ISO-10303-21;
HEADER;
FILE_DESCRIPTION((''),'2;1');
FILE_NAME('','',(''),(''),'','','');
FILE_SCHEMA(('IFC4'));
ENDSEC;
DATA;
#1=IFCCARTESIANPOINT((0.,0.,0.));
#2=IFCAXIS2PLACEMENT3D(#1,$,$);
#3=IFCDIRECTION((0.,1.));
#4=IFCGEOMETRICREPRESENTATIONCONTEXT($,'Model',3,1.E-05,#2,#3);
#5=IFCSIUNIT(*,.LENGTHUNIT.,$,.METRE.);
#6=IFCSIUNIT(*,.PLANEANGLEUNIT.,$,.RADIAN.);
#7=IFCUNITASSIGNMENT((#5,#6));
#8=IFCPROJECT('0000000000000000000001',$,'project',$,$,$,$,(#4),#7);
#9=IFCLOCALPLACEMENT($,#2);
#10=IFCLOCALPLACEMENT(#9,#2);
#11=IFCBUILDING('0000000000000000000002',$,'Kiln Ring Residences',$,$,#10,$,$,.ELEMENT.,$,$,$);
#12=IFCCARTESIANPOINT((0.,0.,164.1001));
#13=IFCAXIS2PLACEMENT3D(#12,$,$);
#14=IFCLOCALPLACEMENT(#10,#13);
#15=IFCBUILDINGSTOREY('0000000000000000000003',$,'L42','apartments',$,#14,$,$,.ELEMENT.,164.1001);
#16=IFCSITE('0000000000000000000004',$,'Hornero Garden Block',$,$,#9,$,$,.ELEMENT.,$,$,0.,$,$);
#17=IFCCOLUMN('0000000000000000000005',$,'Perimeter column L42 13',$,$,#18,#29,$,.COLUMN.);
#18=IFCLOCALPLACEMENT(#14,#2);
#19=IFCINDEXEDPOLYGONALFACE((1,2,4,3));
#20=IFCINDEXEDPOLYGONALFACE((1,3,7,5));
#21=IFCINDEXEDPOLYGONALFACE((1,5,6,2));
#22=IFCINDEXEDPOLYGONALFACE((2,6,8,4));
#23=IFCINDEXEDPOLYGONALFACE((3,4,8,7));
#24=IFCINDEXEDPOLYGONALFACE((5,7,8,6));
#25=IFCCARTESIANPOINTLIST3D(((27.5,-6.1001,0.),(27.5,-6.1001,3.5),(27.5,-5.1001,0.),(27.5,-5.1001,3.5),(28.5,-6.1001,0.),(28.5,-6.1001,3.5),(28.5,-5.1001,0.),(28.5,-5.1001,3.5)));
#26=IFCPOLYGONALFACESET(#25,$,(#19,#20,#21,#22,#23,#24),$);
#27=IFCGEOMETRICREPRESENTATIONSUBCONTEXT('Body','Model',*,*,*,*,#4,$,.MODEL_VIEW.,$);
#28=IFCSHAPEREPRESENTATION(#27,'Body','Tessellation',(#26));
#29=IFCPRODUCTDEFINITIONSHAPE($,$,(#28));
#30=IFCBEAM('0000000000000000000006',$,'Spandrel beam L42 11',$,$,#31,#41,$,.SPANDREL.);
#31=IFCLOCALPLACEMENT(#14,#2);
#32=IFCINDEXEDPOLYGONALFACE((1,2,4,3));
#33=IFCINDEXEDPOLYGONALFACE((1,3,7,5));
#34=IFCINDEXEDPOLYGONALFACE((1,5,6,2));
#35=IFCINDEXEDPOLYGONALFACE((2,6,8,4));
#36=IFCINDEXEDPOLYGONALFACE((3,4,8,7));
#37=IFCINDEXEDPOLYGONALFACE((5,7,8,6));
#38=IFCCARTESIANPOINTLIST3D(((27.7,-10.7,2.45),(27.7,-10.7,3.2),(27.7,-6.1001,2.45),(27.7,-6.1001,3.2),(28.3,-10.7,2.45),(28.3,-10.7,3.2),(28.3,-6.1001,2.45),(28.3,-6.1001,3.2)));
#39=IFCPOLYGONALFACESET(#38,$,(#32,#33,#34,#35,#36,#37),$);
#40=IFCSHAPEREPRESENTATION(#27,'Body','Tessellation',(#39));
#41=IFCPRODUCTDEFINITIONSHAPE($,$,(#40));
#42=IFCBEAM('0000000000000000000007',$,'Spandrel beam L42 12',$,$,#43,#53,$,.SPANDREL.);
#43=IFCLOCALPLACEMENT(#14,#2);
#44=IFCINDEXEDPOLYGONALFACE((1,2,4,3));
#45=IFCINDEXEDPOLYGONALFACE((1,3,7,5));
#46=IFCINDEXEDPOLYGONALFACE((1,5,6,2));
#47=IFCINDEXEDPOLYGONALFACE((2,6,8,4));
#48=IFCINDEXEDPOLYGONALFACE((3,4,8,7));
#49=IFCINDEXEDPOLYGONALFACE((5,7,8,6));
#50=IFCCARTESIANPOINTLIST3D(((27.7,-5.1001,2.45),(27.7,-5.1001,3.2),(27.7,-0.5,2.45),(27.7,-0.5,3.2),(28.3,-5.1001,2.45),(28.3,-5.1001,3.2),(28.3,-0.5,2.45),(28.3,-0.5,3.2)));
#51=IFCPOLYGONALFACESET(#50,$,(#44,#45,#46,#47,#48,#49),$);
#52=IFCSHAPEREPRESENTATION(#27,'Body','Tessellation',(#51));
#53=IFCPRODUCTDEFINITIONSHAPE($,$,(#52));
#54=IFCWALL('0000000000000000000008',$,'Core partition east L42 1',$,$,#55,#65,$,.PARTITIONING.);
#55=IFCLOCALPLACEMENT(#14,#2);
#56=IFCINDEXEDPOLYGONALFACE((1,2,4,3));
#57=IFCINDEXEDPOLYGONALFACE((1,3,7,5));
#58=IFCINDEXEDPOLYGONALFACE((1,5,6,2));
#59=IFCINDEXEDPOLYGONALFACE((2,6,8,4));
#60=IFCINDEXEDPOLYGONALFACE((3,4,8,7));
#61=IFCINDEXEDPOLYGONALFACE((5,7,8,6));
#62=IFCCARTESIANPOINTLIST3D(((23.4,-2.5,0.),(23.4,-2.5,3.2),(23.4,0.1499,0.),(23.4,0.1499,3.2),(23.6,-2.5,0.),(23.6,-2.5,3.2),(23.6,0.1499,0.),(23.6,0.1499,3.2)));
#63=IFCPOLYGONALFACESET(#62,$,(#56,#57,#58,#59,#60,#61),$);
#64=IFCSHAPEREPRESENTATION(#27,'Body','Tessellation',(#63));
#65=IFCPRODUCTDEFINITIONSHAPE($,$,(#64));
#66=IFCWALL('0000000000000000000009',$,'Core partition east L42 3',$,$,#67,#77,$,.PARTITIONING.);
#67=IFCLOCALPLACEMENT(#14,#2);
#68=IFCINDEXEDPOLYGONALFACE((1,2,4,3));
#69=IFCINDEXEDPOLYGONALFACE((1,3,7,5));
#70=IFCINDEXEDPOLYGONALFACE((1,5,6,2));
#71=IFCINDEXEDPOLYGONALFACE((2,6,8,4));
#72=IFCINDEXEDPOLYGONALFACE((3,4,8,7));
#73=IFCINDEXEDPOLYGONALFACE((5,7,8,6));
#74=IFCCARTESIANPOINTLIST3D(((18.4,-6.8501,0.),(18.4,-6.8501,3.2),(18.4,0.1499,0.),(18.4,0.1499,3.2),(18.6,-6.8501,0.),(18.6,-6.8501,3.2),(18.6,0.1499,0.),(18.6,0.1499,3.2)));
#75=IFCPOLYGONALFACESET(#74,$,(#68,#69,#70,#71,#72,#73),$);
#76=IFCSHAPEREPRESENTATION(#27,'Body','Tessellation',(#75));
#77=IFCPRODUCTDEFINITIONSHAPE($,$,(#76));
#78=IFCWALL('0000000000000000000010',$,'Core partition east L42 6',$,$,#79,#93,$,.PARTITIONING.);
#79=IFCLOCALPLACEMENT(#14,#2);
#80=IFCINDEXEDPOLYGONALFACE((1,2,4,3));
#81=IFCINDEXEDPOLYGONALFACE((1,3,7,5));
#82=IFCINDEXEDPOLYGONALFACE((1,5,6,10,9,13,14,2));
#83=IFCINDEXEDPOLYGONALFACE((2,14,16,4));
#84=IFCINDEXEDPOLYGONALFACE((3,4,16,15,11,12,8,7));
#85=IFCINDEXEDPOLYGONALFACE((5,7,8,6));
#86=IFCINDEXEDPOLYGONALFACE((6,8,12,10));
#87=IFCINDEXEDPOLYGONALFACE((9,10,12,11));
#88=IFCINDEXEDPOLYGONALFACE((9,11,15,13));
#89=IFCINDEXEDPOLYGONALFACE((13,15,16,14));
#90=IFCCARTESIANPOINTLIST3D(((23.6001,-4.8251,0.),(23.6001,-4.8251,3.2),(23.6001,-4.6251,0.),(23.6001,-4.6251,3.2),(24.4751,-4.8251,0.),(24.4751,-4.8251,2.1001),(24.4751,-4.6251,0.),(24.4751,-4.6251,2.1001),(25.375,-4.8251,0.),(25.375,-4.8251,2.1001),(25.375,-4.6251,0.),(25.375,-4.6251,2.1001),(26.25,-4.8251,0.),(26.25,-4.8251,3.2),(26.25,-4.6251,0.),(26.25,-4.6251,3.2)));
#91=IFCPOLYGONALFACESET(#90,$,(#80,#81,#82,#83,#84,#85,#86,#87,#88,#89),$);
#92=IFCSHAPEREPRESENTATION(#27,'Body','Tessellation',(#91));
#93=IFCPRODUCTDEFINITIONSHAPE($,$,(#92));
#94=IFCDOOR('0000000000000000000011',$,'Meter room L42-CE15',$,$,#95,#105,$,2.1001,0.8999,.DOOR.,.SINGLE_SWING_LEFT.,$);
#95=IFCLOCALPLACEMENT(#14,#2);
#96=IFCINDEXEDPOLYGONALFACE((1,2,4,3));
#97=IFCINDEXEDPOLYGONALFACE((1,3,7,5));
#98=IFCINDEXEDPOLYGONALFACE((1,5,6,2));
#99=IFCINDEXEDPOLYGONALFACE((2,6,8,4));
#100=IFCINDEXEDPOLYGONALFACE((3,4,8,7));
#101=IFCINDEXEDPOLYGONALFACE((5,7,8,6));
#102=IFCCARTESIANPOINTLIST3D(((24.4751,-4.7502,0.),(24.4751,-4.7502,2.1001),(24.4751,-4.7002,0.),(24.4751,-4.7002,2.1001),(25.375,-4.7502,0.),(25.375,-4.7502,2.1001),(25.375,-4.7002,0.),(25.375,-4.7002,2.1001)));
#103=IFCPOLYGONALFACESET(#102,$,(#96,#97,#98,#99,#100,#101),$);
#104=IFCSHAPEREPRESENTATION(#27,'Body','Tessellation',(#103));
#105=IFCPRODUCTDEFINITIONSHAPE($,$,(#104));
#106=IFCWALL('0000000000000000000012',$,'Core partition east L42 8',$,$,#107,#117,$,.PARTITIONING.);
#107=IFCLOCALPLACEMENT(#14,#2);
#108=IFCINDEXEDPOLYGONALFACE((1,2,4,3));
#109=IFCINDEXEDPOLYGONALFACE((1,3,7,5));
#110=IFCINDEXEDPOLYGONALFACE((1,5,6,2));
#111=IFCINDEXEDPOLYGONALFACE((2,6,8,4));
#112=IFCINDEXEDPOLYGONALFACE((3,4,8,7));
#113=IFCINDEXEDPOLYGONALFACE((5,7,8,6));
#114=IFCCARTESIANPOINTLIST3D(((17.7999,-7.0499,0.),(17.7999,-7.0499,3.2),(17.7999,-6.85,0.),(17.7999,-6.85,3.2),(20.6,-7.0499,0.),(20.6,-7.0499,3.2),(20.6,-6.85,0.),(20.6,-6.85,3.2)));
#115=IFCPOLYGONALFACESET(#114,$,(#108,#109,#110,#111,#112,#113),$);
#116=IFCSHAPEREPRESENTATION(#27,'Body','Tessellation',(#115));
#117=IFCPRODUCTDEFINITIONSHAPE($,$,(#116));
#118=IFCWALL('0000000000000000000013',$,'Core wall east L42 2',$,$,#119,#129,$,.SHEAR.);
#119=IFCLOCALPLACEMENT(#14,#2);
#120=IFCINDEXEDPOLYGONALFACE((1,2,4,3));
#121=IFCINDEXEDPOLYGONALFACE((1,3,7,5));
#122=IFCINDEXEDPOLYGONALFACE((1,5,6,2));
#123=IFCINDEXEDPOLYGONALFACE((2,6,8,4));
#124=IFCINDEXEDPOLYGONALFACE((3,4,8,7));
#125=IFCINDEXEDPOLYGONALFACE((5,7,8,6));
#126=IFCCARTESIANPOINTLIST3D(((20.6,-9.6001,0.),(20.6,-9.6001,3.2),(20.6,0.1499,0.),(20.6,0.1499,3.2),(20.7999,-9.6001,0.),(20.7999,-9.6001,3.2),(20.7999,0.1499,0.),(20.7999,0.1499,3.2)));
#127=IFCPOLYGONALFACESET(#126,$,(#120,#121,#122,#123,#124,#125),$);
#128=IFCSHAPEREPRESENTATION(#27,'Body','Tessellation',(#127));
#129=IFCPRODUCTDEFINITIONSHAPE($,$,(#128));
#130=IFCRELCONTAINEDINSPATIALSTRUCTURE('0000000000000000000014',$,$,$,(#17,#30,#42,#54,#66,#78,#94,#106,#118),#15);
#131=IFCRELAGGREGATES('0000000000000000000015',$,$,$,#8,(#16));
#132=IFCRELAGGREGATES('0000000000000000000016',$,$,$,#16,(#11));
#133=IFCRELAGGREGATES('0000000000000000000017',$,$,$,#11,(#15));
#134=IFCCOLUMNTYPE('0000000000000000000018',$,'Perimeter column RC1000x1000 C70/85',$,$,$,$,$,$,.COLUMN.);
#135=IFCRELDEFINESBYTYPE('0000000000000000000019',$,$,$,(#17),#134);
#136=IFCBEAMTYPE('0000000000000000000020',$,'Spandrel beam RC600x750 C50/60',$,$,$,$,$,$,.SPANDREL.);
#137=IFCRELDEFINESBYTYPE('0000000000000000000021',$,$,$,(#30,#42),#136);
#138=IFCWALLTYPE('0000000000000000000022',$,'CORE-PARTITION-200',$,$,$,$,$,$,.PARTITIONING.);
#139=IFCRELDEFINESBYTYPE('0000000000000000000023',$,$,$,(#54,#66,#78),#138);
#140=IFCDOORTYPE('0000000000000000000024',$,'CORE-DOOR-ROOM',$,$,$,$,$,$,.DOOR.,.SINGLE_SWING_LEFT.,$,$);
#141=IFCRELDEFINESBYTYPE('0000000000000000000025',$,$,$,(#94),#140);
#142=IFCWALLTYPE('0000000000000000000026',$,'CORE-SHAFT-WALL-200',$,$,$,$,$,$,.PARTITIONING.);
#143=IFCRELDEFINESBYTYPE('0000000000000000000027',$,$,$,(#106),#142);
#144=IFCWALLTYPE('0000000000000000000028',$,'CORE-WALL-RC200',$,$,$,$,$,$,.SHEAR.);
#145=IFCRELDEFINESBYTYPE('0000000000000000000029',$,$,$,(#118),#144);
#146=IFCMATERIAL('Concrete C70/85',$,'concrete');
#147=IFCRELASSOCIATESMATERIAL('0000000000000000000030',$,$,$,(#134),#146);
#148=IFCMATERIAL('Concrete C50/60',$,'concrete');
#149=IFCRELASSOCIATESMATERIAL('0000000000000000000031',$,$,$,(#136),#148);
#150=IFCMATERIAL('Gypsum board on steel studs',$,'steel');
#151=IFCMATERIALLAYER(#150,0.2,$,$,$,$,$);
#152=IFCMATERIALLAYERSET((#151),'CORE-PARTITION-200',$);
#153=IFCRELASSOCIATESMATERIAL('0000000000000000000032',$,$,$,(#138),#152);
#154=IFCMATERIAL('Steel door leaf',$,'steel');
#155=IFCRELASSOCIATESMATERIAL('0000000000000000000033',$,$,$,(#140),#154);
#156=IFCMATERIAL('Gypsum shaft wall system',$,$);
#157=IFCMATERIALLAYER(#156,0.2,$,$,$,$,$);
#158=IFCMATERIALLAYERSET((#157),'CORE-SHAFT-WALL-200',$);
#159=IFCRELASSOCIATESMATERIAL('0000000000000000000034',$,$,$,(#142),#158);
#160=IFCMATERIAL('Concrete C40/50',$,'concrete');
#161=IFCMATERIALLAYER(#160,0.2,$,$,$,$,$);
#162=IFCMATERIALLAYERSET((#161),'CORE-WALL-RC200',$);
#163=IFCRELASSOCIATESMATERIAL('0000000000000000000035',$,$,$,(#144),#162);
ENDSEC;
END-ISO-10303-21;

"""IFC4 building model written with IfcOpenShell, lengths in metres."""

from ifc_helpers import new_model, si_unit, direction, frame, frame_2d, origin, origin_2d, place, context, subcontext, project, spatial, rectangle, extrude, material, layer, layer_set, material_profile, profile_set, type_object, element, fill, save


model = new_model("IFC4")

# Units and contexts
model_context = context("Model", 3, precision=1e-05, world=origin(), true_north=direction((0.0, 1.0)))
body_context = subcontext(model_context, "Body", "Model", "MODEL_VIEW")
ifc_project = project(units=[si_unit("LENGTHUNIT", "METRE"), si_unit("PLANEANGLEUNIT", "RADIAN")], contexts=[model_context])

# Site, building, storey
site_placement = place(None, origin())
site = spatial("IfcSite", under=ifc_project, at=site_placement, Name="Hornero Garden Block", CompositionType="ELEMENT", RefElevation=0.0)
building_placement = place(site_placement, origin())
building = spatial("IfcBuilding", under=site, at=building_placement, Name="Kiln Ring Residences", CompositionType="ELEMENT")
storey_placement = place(building_placement, frame((0.0, 0.0, 164.1001)))
storey = spatial("IfcBuildingStorey", under=building, at=storey_placement, Name="L42", Description="apartments", CompositionType="ELEMENT", Elevation=164.1001)

# Column
ifc_material_1 = material(Name="Concrete C70/85", Category="concrete")
ifc_material_profile_1 = material_profile(ifc_material_1, rectangle(XDim=1.0, YDim=1.0, at=origin_2d()), Name="RC1000x1000")
ifc_profile_set_1 = profile_set([ifc_material_profile_1], Name="Concrete C70/85")
column_type = type_object("IfcColumnType", Name="Perimeter column RC1000x1000 C70/85", PredefinedType="COLUMN", material=ifc_profile_set_1)
column_placement = place(storey_placement, frame((28.0, -5.6001, 0.0), z_axis=(0.0, 0.0, 1.0), x_axis=(1.0, 0.0, 0.0)))
element("IfcColumn", 1, at=column_placement, inside=storey, type_object=column_type, Name="Perimeter column L42 13", PredefinedType="COLUMN", context=body_context, shape_type="SweptSolid", body=[
    extrude(rectangle(XDim=1.0, YDim=1.0, at=origin_2d()), origin(), (0.0, 0.0, 1.0), 3.5),
])

# Beams
ifc_material_2 = material(Name="Concrete C50/60", Category="concrete")
ifc_material_profile_2 = material_profile(ifc_material_2, rectangle(XDim=0.6001, YDim=0.75, at=origin_2d()), Name="RC600x750")
ifc_profile_set_2 = profile_set([ifc_material_profile_2], Name="Concrete C50/60")
beam_type = type_object("IfcBeamType", Name="Spandrel beam RC600x750 C50/60", PredefinedType="SPANDREL", material=ifc_profile_set_2)
beam_1_placement = place(storey_placement, frame((28.0, -10.7, 2.825), z_axis=(0.0, 1.0, 0.0), x_axis=(-1.0, 0.0, 0.0)))
element("IfcBeam", 2, at=beam_1_placement, inside=storey, type_object=beam_type, Name="Spandrel beam L42 11", PredefinedType="SPANDREL", context=body_context, shape_type="SweptSolid", body=[
    extrude(rectangle(XDim=0.6001, YDim=0.75, at=origin_2d()), origin(), (0.0, 0.0, 1.0), 4.5999),
])
beam_2_placement = place(storey_placement, frame((28.0, -5.1001, 2.825), z_axis=(0.0, 1.0, 0.0), x_axis=(-1.0, 0.0, 0.0)))
element("IfcBeam", 3, at=beam_2_placement, inside=storey, type_object=beam_type, Name="Spandrel beam L42 12", PredefinedType="SPANDREL", context=body_context, shape_type="SweptSolid", body=[
    extrude(rectangle(XDim=0.6001, YDim=0.75, at=origin_2d()), origin(), (0.0, 0.0, 1.0), 4.6001),
])

# Walls
ifc_material_3 = material(Name="Gypsum board on steel studs", Category="steel")
ifc_layer_1 = layer(ifc_material_3, 0.2)
ifc_layer_set_1 = layer_set([ifc_layer_1], Name="CORE-PARTITION-200")
wall_type_1 = type_object("IfcWallType", Name="CORE-PARTITION-200", PredefinedType="PARTITIONING", material=ifc_layer_set_1)
wall_1_placement = place(storey_placement, frame((23.5, -2.5, 0.0), z_axis=(0.0, 0.0, 1.0), x_axis=(0.0, 1.0, 0.0)))
element("IfcWall", 4, at=wall_1_placement, inside=storey, type_object=wall_type_1, Name="Core partition east L42 1", PredefinedType="PARTITIONING", context=body_context, shape_type="SweptSolid", body=[
    extrude(rectangle(XDim=2.6499, YDim=0.2, at=frame_2d((1.325, 0.0))), origin(), (0.0, 0.0, 1.0), 3.2),
])
wall_2_placement = place(storey_placement, frame((18.5, -6.8501, 0.0), z_axis=(0.0, 0.0, 1.0), x_axis=(0.0, 1.0, 0.0)))
element("IfcWall", 5, at=wall_2_placement, inside=storey, type_object=wall_type_1, Name="Core partition east L42 3", PredefinedType="PARTITIONING", context=body_context, shape_type="SweptSolid", body=[
    extrude(rectangle(XDim=7.0, YDim=0.2, at=frame_2d((3.5, 0.0))), origin(), (0.0, 0.0, 1.0), 3.2),
])

# Wall, opening, door
wall_3_placement = place(storey_placement, frame((23.6001, -4.7251, 0.0), z_axis=(0.0, 0.0, 1.0), x_axis=(1.0, 0.0, 0.0)))
wall_3 = element("IfcWall", 6, at=wall_3_placement, inside=storey, type_object=wall_type_1, Name="Core partition east L42 6", PredefinedType="PARTITIONING", context=body_context, shape_type="SweptSolid", body=[
    extrude(rectangle(XDim=2.6499, YDim=0.2, at=frame_2d((1.325, 0.0))), origin(), (0.0, 0.0, 1.0), 3.2),
])
opening_1_placement = place(wall_3_placement, frame((0.875, 0.0, 0.0)))
opening_1 = element("IfcOpeningElement", 7, at=opening_1_placement, cuts=wall_3, PredefinedType="OPENING", context=body_context, shape_type="SweptSolid", body=[
    extrude(rectangle(XDim=0.8999, YDim=2.1001, at=frame_2d((0.45, 1.05))), frame((0.0, 0.1099, 0.0), z_axis=(0.0, -1.0, 0.0), x_axis=(1.0, 0.0, 0.0)), (0.0, 0.0, 1.0), 0.22),
])
ifc_material_4 = material(Name="Steel door leaf", Category="steel")
door_type_1 = type_object("IfcDoorType", Name="CORE-DOOR-ROOM", OperationType="SINGLE_SWING_LEFT", PredefinedType="DOOR", material=ifc_material_4)
door_1_placement = place(opening_1_placement, origin())
door_1 = element("IfcDoor", 8, at=door_1_placement, inside=storey, type_object=door_type_1, Name="Meter room L42-CE15", OperationType="SINGLE_SWING_LEFT", OverallHeight=2.1001, OverallWidth=0.8999, PredefinedType="DOOR", context=body_context, shape_type="SweptSolid", body=[
    extrude(rectangle(XDim=0.8999, YDim=2.1001, at=frame_2d((0.45, 1.05))), frame((0.0, 0.0249, 0.0), z_axis=(0.0, -1.0, 0.0), x_axis=(1.0, 0.0, 0.0)), (0.0, 0.0, 1.0), 0.05),
])
fill(opening_1, door_1)

# Walls
ifc_material_5 = material(Name="Gypsum shaft wall system")
ifc_layer_2 = layer(ifc_material_5, 0.2)
ifc_layer_set_2 = layer_set([ifc_layer_2], Name="CORE-SHAFT-WALL-200")
wall_type_2 = type_object("IfcWallType", Name="CORE-SHAFT-WALL-200", PredefinedType="PARTITIONING", material=ifc_layer_set_2)
wall_4_placement = place(storey_placement, frame((17.8, -6.95, 0.0), z_axis=(0.0, 0.0, 1.0), x_axis=(1.0, 0.0, 0.0)))
element("IfcWall", 9, at=wall_4_placement, inside=storey, type_object=wall_type_2, Name="Core partition east L42 8", PredefinedType="PARTITIONING", context=body_context, shape_type="SweptSolid", body=[
    extrude(rectangle(XDim=2.8, YDim=0.2, at=frame_2d((1.3999, 0.0))), origin(), (0.0, 0.0, 1.0), 3.2),
])
ifc_material_6 = material(Name="Concrete C40/50", Category="concrete")
ifc_layer_3 = layer(ifc_material_6, 0.2)
ifc_layer_set_3 = layer_set([ifc_layer_3], Name="CORE-WALL-RC200")
wall_type_3 = type_object("IfcWallType", Name="CORE-WALL-RC200", PredefinedType="SHEAR", material=ifc_layer_set_3)
wall_5_placement = place(storey_placement, frame((20.7, -9.6001, 0.0), z_axis=(0.0, 0.0, 1.0), x_axis=(0.0, 1.0, 0.0)))
element("IfcWall", 10, at=wall_5_placement, inside=storey, type_object=wall_type_3, Name="Core wall east L42 2", PredefinedType="SHEAR", context=body_context, shape_type="SweptSolid", body=[
    extrude(rectangle(XDim=9.75, YDim=0.2, at=frame_2d((4.875, 0.0))), origin(), (0.0, 0.0, 1.0), 3.2),
])

save(model, "model.ifc")
